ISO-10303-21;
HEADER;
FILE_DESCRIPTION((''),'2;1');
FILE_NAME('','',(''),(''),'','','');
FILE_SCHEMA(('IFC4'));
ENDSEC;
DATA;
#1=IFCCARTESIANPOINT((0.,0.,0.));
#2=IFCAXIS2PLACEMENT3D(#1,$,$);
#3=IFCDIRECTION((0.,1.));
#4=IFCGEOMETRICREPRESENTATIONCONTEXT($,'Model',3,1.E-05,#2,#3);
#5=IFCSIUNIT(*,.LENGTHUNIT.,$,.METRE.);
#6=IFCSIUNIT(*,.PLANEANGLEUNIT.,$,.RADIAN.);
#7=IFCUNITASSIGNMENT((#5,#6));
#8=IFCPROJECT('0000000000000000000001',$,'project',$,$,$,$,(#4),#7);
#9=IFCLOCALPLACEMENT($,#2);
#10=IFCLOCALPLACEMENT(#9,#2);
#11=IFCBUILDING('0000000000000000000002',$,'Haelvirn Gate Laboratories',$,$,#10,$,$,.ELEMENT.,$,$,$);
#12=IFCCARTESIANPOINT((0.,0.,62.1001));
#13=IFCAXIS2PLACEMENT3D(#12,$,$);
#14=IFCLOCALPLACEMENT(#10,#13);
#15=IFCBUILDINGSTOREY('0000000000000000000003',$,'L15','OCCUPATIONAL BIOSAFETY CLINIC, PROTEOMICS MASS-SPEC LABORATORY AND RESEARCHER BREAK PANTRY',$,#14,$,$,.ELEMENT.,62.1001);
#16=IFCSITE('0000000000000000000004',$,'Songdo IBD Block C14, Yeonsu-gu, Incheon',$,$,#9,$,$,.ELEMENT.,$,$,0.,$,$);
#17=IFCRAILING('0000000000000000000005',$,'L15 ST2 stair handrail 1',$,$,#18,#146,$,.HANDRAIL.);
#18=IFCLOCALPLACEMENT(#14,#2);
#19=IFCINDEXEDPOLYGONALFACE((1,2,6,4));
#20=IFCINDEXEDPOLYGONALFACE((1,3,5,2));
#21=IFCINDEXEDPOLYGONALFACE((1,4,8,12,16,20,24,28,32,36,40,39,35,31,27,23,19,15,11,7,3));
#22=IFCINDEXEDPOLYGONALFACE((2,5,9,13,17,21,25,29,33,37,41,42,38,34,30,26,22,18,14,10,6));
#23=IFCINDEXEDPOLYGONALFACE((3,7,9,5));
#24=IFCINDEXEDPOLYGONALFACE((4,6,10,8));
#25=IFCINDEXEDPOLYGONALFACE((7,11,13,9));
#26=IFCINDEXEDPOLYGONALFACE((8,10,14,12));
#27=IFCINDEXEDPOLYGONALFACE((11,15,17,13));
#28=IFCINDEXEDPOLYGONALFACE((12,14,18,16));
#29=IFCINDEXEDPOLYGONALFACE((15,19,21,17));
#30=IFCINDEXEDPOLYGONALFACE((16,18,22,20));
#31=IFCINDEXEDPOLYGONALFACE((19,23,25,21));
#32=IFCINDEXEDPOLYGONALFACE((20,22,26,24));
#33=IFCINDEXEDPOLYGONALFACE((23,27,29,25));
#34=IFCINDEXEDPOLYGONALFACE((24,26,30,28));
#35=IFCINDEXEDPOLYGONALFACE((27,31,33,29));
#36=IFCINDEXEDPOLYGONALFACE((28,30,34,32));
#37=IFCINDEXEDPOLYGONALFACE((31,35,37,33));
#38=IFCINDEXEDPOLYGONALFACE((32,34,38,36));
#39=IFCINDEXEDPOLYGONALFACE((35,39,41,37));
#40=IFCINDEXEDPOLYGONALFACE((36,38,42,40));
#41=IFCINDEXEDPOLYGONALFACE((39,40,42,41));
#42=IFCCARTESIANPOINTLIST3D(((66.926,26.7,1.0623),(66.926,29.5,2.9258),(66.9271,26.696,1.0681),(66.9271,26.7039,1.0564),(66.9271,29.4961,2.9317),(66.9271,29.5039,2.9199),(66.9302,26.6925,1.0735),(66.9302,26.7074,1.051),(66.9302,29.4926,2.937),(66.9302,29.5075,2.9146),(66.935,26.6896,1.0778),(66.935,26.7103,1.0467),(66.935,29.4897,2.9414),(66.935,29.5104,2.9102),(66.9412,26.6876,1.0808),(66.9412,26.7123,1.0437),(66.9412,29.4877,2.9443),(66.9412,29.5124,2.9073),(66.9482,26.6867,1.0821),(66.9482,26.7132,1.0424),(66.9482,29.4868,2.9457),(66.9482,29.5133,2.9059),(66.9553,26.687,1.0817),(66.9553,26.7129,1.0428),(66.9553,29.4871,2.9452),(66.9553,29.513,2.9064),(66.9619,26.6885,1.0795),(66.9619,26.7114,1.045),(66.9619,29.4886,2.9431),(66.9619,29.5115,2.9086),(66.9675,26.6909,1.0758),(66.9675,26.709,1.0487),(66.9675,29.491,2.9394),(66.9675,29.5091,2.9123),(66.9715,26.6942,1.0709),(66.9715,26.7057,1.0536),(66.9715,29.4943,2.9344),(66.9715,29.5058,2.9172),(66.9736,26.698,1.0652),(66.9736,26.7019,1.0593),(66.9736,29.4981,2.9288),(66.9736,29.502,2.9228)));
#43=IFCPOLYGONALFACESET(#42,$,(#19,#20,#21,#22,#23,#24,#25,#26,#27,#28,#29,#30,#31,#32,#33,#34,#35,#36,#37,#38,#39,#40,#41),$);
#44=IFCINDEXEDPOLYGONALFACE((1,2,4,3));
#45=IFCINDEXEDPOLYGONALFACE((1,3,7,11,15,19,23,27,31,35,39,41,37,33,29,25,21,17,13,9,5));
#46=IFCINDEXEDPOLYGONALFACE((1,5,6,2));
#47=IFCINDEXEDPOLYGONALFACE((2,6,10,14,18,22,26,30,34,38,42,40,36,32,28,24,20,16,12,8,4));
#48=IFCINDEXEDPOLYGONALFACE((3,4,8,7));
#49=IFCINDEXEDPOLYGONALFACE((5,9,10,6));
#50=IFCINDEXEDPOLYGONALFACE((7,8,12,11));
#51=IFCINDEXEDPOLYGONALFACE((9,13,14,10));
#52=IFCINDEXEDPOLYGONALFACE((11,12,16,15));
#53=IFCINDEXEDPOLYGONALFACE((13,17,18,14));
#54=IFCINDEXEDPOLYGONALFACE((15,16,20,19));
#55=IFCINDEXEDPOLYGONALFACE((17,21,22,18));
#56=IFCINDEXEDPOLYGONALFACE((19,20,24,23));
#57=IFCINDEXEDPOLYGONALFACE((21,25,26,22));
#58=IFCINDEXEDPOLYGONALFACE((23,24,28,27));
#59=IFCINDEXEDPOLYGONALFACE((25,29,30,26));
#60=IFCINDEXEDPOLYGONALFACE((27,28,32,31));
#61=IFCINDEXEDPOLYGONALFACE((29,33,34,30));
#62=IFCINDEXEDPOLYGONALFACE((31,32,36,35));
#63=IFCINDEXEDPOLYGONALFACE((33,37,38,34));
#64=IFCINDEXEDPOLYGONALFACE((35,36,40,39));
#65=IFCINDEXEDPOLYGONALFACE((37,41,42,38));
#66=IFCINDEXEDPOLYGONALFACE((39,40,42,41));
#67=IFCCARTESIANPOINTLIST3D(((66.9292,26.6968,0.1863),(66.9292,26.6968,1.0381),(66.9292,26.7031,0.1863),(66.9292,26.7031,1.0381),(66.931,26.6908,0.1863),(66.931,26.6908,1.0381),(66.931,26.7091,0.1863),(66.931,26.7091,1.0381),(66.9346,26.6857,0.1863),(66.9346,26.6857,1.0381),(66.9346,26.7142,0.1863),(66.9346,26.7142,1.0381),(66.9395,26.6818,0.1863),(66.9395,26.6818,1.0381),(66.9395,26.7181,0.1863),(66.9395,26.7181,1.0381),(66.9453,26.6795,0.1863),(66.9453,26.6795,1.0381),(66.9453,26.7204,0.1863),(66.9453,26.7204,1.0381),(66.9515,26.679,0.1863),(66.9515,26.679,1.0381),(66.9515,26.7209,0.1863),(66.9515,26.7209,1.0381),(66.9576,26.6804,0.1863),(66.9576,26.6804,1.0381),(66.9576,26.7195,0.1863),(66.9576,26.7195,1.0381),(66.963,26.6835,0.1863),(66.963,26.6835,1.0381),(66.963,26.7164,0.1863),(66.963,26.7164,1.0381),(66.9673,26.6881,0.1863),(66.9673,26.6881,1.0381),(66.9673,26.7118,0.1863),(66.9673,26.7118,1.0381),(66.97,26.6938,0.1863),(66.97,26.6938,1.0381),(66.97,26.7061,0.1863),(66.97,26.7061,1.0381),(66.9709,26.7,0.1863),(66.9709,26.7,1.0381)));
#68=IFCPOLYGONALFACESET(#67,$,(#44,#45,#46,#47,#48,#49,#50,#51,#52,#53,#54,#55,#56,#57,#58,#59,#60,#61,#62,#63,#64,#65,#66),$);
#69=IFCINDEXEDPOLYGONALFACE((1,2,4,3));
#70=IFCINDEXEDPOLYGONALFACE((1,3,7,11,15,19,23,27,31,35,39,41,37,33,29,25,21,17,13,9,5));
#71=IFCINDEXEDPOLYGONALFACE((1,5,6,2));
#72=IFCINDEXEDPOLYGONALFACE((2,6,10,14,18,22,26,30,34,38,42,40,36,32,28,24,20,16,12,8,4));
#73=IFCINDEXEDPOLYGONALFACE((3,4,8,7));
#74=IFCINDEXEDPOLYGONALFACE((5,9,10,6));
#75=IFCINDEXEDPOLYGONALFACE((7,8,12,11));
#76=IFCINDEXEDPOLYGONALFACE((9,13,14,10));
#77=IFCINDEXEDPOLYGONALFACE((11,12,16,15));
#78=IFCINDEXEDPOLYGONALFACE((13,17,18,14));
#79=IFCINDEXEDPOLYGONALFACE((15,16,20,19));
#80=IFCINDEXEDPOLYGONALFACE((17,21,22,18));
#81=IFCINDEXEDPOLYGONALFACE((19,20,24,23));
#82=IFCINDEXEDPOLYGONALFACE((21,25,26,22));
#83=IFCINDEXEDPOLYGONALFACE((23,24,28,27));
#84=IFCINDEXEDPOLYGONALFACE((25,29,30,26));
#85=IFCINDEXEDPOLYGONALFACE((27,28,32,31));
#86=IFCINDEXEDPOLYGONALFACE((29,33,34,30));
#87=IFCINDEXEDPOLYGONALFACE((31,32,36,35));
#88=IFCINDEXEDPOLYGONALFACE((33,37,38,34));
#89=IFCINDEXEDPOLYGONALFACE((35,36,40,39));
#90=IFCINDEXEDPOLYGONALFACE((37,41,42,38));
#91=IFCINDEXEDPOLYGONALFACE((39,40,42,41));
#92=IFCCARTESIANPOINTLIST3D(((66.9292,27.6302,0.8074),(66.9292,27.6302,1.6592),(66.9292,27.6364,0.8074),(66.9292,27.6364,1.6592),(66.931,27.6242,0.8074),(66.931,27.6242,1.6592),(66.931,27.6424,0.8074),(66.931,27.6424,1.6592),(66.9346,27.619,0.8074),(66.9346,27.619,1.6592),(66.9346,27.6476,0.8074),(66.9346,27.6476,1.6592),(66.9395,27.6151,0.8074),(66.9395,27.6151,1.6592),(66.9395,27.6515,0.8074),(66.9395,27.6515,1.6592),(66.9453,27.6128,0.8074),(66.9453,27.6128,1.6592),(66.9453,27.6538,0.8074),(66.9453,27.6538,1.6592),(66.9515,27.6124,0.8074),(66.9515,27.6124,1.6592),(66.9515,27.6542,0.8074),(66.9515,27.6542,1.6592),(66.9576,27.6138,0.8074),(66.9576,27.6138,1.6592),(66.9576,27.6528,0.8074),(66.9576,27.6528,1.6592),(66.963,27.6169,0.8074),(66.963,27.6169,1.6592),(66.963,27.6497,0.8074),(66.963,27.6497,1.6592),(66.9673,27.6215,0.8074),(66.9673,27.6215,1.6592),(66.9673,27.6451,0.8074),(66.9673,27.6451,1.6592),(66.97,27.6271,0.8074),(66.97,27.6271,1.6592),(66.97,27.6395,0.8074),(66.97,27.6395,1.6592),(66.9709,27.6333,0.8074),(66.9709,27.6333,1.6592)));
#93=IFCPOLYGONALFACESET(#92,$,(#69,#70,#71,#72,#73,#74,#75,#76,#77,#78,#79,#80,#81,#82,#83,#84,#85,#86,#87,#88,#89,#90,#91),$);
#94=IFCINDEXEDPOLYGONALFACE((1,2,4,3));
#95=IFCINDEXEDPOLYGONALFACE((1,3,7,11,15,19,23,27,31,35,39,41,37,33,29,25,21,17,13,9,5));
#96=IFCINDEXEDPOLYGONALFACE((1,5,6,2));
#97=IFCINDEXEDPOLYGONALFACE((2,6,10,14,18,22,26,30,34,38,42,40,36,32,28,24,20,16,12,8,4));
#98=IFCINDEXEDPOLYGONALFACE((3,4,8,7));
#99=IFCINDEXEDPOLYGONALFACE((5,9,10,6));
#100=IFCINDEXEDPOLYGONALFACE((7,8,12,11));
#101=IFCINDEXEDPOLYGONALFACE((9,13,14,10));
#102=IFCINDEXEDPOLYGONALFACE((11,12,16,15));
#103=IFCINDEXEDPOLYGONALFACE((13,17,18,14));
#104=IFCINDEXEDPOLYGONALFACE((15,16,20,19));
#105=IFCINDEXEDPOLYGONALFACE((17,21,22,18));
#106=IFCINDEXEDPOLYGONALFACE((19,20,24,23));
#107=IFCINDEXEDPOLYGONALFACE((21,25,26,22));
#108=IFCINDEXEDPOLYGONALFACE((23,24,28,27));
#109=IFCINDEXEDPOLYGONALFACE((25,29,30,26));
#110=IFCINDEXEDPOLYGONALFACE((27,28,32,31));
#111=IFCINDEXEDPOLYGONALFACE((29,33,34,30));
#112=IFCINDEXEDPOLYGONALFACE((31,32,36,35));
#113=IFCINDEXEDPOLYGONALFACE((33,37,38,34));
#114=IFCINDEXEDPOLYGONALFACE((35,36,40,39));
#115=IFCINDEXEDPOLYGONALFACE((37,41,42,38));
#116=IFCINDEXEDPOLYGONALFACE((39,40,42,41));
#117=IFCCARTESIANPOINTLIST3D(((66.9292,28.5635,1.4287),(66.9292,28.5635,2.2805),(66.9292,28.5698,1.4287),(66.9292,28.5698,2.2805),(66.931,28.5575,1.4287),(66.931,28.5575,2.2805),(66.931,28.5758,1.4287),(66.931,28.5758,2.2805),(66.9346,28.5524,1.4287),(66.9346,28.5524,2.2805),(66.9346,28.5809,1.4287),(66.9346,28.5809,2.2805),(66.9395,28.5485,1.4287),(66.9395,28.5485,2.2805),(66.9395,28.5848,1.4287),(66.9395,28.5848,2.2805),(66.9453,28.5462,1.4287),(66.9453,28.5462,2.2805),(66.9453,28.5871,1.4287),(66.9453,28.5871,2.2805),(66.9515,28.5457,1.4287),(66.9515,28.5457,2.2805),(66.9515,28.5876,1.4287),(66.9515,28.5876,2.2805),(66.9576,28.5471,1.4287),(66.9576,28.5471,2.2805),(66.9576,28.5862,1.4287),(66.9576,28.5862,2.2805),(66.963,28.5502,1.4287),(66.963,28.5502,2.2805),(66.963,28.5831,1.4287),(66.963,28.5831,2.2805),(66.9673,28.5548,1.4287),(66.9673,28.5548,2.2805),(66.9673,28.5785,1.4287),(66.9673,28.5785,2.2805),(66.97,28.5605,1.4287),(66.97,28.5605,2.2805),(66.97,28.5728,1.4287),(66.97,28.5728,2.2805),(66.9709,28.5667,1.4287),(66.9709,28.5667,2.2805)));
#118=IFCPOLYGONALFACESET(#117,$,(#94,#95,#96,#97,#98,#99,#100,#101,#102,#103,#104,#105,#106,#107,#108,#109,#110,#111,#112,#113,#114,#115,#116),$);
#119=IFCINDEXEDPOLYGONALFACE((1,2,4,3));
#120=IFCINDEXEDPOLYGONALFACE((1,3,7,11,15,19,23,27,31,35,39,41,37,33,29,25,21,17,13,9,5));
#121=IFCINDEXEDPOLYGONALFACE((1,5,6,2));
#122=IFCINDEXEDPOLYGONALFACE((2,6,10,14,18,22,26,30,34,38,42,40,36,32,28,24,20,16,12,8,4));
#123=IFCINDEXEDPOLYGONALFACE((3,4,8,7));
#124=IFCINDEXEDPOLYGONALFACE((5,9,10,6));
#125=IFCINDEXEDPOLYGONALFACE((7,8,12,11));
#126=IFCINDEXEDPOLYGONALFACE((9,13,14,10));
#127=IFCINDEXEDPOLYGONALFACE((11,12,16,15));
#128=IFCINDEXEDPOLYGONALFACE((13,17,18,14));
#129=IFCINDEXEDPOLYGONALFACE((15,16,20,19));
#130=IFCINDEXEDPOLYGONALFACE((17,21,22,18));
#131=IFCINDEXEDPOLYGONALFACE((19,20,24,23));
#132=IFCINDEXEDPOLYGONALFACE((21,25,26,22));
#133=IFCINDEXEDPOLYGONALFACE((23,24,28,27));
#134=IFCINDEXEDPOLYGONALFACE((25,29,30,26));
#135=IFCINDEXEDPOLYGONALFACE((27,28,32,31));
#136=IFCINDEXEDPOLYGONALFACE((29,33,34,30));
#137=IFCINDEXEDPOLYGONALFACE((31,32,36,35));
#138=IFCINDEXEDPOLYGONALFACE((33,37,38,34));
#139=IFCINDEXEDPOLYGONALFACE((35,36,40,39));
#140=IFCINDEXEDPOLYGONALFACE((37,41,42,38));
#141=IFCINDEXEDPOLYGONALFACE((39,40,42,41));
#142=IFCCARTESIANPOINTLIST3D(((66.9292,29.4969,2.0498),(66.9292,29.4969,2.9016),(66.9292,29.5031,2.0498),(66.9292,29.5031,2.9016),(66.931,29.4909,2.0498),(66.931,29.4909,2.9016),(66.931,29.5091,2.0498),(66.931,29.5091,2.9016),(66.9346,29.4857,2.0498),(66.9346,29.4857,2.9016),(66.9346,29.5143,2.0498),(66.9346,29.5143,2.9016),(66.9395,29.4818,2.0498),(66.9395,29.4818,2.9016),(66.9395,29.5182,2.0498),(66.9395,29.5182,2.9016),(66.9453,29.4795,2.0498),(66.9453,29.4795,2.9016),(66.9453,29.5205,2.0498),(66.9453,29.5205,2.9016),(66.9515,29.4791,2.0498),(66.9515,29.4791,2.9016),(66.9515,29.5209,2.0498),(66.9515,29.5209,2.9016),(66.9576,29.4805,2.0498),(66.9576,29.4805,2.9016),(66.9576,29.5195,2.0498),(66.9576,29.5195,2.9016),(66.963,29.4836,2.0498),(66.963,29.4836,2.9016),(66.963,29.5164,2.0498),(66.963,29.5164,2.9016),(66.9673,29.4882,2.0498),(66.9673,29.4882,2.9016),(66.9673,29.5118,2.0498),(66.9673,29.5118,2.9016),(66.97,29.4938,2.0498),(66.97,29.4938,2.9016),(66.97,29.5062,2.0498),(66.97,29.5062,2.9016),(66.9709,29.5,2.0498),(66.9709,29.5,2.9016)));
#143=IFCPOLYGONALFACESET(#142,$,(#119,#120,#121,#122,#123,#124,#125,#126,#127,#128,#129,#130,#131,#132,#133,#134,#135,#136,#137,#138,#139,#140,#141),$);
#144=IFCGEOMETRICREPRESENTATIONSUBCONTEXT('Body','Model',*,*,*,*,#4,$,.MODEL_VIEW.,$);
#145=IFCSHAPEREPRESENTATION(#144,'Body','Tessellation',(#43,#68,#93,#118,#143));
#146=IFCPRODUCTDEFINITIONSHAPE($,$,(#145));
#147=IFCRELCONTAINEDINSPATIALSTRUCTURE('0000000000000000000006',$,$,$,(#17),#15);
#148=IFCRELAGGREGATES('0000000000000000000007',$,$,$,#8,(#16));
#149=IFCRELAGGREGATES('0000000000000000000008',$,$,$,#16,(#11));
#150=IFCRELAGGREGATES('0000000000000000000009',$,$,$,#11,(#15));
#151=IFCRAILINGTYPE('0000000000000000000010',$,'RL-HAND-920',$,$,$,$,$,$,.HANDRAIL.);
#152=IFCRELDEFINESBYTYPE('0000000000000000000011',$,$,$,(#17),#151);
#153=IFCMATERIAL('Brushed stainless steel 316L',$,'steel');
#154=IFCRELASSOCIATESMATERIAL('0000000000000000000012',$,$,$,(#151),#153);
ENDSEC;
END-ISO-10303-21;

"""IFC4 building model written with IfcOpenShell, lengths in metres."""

from ifc_helpers import new_model, si_unit, direction, frame, origin, origin_2d, place, context, subcontext, project, spatial, circle, extrude, source, transform, mapped, material, type_object, element, save


model = new_model("IFC4")

# Units and contexts
model_context = context("Model", 3, precision=1e-05, world=origin(), true_north=direction((0.0, 1.0)))
body_context = subcontext(model_context, "Body", "Model", "MODEL_VIEW")
ifc_project = project(units=[si_unit("LENGTHUNIT", "METRE"), si_unit("PLANEANGLEUNIT", "RADIAN")], contexts=[model_context])

# Site, building, storey
site_placement = place(None, origin())
site = spatial("IfcSite", under=ifc_project, at=site_placement, Name="Songdo IBD Block C14, Yeonsu-gu, Incheon", CompositionType="ELEMENT", RefElevation=0.0)
building_placement = place(site_placement, origin())
building = spatial("IfcBuilding", under=site, at=building_placement, Name="Haelvirn Gate Laboratories", CompositionType="ELEMENT")
storey_placement = place(building_placement, frame((0.0, 0.0, 62.1001)))
storey = spatial("IfcBuildingStorey", under=building, at=storey_placement, Name="L15", Description="OCCUPATIONAL BIOSAFETY CLINIC, PROTEOMICS MASS-SPEC LABORATORY AND RESEARCHER BREAK PANTRY", CompositionType="ELEMENT", Elevation=62.1001)

# Railing
ifc_material_1 = material(Name="Brushed stainless steel 316L", Category="steel")
railing_type_1 = type_object("IfcRailingType", Name="RL-HAND-920", PredefinedType="HANDRAIL", material=ifc_material_1)
shared_shape_1 = source(origin(), body_context, "Body", "SweptSolid", [
    extrude(circle(Radius=0.0239, at=origin_2d()), frame((0.0, 0.0, 0.876), z_axis=(0.0, 0.832486, 0.554047), x_axis=(-1.0, 0.0, 0.0)), (0.0, 0.0, 1.0), 3.3635),
    extrude(circle(Radius=0.021, at=origin_2d()), origin(), (0.0, 0.0, 1.0), 0.8518),
    extrude(circle(Radius=0.021, at=origin_2d()), frame((0.0, 0.9333, 0.6211)), (0.0, 0.0, 1.0), 0.8518),
    extrude(circle(Radius=0.021, at=origin_2d()), frame((0.0, 1.8667, 1.2424)), (0.0, 0.0, 1.0), 0.8518),
    extrude(circle(Radius=0.021, at=origin_2d()), frame((0.0, 2.8, 1.8635)), (0.0, 0.0, 1.0), 0.8518),
])
railing_1_placement = place(storey_placement, frame((66.95, 26.7, 0.1863)))
element("IfcRailing", 1, at=railing_1_placement, inside=storey, type_object=railing_type_1, Name="L15 ST2 stair handrail 1", PredefinedType="HANDRAIL", context=body_context, shape_type="MappedRepresentation", body=[
    mapped(shared_shape_1, transform((0.0, 0.0, 0.0), scale=1.0)),
])

save(model, "model.ifc")
